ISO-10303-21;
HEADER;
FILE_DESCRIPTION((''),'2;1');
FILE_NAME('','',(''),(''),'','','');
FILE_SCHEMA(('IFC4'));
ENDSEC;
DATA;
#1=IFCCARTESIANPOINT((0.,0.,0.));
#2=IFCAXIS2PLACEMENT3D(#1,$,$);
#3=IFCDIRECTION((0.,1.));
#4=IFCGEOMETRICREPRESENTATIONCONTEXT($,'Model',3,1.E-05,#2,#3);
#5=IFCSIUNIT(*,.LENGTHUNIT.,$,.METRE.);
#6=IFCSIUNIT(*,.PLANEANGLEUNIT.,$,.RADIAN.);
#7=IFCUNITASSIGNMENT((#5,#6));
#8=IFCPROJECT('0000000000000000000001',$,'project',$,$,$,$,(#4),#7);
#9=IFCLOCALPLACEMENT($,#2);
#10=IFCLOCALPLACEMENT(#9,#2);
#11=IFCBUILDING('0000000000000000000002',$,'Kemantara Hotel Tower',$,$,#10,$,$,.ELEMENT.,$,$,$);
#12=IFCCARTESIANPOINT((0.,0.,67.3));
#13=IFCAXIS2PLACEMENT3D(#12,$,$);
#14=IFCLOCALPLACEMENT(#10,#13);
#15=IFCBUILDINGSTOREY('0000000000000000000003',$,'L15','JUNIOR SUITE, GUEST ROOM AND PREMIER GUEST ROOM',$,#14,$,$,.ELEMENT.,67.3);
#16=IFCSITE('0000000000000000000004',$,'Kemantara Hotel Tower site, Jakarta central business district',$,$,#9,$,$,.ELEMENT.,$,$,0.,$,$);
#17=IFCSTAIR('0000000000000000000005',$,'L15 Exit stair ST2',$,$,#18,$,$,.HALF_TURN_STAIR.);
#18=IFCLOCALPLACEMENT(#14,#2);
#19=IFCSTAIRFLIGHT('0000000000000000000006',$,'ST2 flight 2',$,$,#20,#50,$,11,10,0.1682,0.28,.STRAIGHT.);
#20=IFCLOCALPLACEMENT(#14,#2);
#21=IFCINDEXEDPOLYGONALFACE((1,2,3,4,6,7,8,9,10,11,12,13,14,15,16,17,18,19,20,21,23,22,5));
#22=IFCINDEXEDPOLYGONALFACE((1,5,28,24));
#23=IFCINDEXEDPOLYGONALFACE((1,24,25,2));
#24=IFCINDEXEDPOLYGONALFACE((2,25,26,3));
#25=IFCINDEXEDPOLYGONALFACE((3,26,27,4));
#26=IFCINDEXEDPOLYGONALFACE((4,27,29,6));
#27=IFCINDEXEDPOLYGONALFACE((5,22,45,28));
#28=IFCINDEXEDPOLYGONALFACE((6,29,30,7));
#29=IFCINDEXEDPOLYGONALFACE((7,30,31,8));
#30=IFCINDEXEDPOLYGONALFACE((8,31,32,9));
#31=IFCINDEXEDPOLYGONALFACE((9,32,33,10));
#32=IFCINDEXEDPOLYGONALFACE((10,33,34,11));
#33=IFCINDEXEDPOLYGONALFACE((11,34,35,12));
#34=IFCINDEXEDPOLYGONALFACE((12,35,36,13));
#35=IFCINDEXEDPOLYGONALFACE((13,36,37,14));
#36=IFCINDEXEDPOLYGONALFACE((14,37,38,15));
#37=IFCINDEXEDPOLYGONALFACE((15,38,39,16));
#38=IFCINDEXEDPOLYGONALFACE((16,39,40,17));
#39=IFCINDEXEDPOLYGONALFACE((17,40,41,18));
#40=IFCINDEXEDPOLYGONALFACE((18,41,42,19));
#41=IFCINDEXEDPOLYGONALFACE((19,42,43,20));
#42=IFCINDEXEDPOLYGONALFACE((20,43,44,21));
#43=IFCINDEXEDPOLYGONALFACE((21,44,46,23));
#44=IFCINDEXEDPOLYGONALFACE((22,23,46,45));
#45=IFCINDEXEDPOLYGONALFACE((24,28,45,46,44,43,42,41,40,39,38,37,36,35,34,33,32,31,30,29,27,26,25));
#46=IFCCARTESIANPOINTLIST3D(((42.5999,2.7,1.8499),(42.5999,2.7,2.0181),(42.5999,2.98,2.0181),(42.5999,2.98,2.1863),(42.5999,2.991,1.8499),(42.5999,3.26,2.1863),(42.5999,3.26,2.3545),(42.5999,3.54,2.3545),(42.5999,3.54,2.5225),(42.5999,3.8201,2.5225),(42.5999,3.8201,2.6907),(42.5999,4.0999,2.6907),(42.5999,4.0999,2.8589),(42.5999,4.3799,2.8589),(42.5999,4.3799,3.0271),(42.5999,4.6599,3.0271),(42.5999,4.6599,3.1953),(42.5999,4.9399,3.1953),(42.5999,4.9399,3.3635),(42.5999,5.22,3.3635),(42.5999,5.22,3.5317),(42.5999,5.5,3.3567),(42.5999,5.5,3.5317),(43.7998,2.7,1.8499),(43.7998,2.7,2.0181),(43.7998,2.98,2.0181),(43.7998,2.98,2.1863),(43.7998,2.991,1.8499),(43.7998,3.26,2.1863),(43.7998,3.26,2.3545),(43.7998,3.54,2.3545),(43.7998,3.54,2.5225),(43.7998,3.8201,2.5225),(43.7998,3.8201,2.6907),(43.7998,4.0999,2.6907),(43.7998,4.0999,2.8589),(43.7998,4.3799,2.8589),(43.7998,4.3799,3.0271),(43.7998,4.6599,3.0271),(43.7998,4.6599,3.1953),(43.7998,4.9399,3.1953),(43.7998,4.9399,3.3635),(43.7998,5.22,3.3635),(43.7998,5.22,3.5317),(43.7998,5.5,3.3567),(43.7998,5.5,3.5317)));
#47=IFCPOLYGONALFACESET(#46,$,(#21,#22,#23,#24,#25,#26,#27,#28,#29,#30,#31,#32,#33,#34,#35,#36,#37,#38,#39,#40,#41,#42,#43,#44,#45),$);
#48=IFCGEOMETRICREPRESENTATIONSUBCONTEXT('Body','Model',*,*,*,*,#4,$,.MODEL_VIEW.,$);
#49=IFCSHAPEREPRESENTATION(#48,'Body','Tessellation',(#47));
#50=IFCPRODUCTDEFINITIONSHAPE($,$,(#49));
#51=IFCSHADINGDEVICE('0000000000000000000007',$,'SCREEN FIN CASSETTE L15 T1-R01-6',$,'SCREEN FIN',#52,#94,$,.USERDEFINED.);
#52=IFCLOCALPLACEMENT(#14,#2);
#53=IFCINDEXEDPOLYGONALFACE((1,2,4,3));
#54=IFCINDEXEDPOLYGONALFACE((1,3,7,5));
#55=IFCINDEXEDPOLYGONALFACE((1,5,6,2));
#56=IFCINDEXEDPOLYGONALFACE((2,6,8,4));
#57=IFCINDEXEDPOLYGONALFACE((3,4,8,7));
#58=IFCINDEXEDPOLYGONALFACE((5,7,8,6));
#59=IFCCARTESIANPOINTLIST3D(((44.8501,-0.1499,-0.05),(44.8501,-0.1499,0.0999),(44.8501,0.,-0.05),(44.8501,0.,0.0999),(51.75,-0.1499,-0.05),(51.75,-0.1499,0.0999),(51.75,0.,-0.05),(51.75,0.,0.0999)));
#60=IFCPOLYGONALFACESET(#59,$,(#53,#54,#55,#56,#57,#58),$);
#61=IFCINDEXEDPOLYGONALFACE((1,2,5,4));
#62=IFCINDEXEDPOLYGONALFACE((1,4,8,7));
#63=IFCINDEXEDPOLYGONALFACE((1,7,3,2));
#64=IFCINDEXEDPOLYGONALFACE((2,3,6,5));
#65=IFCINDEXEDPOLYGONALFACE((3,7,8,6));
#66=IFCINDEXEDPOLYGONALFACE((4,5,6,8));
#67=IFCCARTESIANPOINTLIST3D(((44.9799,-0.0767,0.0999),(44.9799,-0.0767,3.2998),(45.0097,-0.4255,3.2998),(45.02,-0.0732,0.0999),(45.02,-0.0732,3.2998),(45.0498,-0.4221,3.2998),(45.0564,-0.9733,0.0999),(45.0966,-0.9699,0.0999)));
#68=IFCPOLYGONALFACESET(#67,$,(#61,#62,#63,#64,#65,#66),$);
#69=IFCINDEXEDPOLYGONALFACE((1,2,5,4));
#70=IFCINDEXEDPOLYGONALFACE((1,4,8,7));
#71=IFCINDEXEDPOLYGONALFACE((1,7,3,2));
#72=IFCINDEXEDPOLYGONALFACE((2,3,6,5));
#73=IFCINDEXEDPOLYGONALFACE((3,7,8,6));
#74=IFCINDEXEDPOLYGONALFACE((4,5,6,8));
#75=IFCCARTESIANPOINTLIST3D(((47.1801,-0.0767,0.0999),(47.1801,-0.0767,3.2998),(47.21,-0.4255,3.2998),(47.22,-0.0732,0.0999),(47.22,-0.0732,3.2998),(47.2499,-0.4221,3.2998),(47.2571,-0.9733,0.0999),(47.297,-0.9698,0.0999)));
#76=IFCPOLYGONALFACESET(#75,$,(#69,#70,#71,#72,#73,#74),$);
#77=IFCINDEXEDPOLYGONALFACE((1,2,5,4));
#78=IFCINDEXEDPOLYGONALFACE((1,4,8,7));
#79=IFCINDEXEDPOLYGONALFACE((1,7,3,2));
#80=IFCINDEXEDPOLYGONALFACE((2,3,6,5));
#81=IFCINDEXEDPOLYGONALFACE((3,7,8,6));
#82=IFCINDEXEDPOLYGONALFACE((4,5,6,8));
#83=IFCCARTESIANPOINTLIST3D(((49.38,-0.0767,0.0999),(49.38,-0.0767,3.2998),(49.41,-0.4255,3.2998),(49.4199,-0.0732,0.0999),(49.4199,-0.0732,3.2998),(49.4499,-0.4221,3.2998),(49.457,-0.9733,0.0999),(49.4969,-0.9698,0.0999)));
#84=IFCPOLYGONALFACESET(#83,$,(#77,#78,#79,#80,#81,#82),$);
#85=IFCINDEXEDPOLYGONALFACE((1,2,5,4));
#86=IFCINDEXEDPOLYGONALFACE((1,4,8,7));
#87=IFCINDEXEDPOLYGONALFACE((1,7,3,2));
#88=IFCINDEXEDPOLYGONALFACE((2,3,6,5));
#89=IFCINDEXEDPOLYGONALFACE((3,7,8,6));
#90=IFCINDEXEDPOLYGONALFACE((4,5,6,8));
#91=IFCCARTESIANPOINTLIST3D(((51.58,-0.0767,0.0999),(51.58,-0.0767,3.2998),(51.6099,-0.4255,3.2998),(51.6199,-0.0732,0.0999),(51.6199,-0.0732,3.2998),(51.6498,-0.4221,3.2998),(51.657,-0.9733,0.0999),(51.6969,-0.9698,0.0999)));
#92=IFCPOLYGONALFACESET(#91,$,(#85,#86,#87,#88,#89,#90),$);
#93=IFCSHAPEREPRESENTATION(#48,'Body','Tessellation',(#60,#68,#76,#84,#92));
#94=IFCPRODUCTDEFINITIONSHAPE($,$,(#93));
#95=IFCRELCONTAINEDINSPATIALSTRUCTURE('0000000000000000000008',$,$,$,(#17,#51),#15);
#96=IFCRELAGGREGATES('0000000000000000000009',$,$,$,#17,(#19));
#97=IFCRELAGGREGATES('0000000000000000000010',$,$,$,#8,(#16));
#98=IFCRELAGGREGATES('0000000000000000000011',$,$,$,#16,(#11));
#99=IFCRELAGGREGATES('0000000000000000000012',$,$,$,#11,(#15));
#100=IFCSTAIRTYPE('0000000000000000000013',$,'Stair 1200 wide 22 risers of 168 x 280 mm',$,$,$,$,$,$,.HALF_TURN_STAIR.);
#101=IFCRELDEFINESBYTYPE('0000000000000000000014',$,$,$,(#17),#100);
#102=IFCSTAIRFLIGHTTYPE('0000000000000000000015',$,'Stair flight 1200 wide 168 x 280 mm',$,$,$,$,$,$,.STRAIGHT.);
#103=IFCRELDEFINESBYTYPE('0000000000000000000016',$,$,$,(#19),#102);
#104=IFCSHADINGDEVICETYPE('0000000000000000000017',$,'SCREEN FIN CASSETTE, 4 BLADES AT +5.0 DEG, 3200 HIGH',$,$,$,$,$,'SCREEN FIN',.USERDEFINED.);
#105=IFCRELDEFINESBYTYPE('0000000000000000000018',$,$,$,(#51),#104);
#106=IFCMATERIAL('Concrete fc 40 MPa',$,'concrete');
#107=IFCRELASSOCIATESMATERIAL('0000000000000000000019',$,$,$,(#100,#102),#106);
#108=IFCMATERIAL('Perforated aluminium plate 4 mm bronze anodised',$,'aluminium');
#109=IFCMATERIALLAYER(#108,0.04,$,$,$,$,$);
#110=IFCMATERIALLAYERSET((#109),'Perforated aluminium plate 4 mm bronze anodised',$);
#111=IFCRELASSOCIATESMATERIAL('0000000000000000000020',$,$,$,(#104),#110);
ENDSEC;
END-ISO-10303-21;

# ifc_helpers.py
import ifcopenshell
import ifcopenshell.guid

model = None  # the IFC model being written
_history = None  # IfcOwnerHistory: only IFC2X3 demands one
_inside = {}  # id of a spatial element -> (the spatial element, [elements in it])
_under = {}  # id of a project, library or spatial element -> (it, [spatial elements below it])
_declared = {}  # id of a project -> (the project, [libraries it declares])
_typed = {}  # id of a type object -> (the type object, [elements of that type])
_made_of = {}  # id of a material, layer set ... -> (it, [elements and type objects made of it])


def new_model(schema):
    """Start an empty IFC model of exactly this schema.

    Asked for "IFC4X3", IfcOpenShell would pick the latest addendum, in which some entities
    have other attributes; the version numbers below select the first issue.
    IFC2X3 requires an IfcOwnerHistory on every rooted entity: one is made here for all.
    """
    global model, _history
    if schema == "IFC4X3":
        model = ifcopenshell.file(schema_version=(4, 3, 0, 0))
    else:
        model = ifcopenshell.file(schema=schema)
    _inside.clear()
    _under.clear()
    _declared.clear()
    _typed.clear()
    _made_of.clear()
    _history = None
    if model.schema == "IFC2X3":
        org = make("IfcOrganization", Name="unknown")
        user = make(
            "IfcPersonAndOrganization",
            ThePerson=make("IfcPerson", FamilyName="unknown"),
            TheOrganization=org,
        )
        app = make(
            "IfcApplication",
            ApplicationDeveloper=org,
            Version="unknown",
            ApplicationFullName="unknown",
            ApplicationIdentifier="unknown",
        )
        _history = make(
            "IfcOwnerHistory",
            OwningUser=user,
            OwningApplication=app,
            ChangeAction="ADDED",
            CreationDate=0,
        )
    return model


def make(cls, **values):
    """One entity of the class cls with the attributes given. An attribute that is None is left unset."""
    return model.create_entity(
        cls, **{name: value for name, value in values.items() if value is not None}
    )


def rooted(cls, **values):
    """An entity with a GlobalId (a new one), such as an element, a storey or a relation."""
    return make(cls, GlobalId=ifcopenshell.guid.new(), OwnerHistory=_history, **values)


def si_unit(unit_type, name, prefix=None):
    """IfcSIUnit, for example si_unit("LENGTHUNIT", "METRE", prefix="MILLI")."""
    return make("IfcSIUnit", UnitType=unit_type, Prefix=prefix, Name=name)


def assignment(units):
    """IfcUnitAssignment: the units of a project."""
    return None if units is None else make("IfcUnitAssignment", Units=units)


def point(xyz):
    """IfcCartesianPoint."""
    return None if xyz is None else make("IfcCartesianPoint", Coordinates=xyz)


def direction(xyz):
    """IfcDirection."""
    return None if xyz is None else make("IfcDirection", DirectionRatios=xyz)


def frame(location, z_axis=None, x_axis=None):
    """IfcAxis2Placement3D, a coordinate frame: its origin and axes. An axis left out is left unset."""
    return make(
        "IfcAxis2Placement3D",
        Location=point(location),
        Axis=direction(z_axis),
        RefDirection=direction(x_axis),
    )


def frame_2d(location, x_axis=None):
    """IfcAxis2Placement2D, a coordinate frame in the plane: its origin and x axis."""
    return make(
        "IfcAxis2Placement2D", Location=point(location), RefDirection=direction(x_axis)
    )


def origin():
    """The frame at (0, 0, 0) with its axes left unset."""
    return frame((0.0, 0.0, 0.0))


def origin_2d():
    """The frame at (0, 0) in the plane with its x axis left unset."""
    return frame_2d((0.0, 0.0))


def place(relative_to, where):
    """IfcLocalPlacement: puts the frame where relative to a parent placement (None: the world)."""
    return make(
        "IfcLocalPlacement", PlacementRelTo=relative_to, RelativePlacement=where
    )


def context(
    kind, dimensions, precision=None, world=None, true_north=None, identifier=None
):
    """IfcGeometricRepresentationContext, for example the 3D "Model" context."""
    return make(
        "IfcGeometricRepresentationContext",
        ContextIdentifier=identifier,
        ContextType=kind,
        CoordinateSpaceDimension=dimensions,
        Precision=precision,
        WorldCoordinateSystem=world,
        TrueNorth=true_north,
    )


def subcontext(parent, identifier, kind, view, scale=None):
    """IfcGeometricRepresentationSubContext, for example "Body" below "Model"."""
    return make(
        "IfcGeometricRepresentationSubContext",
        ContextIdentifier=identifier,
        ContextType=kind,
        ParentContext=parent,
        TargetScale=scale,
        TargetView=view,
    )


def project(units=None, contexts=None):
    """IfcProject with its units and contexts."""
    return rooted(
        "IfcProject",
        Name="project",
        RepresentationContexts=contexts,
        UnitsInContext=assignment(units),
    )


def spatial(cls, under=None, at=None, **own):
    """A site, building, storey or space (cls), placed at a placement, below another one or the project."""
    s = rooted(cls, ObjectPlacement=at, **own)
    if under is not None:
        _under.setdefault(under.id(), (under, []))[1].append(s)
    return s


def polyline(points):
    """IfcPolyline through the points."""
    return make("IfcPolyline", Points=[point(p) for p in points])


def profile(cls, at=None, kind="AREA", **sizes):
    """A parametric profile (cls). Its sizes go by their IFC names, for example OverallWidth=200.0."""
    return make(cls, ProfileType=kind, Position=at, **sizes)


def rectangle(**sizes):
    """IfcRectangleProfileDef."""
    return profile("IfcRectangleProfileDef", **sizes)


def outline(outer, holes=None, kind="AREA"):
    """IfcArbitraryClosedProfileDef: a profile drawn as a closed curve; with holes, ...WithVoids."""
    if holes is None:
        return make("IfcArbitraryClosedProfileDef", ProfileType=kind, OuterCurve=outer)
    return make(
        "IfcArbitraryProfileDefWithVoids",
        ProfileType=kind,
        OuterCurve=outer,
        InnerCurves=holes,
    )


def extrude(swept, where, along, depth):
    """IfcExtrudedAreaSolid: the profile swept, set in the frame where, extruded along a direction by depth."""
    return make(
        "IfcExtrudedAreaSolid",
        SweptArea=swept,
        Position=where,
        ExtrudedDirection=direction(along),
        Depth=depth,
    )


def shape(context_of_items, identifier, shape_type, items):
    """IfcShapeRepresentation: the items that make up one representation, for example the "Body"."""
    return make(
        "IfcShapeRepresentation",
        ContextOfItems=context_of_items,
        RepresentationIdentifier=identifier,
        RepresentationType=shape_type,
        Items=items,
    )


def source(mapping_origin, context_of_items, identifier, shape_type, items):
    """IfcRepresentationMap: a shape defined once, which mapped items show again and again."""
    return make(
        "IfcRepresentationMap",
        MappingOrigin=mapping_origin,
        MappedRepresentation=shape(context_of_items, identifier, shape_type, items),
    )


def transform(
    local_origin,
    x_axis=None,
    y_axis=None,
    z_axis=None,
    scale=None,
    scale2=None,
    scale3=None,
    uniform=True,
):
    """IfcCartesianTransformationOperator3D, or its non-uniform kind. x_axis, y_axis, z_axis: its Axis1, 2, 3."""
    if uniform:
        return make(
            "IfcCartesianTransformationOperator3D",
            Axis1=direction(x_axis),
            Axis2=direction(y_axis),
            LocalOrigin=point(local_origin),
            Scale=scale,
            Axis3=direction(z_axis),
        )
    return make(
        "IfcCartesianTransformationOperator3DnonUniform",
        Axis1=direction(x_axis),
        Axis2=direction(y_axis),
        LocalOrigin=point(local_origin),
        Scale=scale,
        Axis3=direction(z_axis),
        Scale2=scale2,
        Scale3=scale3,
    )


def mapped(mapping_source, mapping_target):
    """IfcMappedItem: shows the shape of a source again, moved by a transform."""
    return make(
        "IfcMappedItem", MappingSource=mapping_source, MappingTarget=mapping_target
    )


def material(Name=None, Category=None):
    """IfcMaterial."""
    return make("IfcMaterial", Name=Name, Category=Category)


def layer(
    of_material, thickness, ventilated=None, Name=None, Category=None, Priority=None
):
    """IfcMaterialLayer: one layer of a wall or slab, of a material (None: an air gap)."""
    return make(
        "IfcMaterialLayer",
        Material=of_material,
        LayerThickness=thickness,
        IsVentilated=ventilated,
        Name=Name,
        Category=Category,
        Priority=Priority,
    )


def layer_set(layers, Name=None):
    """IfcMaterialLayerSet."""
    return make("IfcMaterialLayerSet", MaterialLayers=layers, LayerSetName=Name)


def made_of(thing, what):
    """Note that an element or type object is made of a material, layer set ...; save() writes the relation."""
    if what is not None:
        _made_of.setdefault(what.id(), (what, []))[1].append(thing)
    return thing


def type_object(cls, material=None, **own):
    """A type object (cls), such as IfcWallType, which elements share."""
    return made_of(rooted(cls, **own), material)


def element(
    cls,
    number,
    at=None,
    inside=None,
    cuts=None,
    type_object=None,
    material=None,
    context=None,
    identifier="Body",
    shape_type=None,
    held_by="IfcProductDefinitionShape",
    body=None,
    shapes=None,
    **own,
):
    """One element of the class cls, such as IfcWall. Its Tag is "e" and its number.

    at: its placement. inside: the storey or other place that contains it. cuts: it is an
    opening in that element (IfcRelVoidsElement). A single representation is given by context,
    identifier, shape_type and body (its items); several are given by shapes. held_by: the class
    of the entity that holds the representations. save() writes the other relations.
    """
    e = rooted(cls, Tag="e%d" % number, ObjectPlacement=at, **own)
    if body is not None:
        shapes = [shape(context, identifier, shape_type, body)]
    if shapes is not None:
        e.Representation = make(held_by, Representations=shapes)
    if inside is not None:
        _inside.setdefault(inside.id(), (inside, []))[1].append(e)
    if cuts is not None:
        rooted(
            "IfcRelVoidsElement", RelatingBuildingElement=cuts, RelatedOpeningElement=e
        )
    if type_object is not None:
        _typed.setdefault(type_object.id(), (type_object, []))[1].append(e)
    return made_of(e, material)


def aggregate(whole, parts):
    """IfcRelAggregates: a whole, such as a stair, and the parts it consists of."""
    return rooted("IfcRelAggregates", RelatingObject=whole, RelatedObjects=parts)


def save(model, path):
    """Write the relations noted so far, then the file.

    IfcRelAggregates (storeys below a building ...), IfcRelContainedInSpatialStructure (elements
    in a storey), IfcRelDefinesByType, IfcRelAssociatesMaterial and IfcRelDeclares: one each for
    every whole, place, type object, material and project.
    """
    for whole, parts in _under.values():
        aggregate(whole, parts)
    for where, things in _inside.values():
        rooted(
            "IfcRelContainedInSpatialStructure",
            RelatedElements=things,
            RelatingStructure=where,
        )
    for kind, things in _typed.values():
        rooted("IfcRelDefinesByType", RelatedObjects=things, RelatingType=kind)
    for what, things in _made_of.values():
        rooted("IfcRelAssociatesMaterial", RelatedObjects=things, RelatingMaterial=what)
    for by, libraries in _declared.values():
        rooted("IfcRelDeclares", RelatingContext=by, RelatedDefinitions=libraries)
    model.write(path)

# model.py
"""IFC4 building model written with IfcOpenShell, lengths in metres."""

from ifc_helpers import new_model, si_unit, direction, frame, origin, origin_2d, place, context, subcontext, project, spatial, polyline, rectangle, outline, extrude, source, transform, mapped, material, layer, layer_set, type_object, element, aggregate, save


model = new_model("IFC4")

# Units and contexts
model_context = context("Model", 3, precision=1e-05, world=origin(), true_north=direction((0.0, 1.0)))
body_context = subcontext(model_context, "Body", "Model", "MODEL_VIEW")
ifc_project = project(units=[si_unit("LENGTHUNIT", "METRE"), si_unit("PLANEANGLEUNIT", "RADIAN")], contexts=[model_context])

# Site, building, storey
site_placement = place(None, origin())
site = spatial("IfcSite", under=ifc_project, at=site_placement, Name="Kemantara Hotel Tower site, Jakarta central business district", CompositionType="ELEMENT", RefElevation=0.0)
building_placement = place(site_placement, origin())
building = spatial("IfcBuilding", under=site, at=building_placement, Name="Kemantara Hotel Tower", CompositionType="ELEMENT")
storey_placement = place(building_placement, frame((0.0, 0.0, 67.3)))
storey = spatial("IfcBuildingStorey", under=building, at=storey_placement, Name="L15", Description="JUNIOR SUITE, GUEST ROOM AND PREMIER GUEST ROOM", CompositionType="ELEMENT", Elevation=67.3)

# Stair, stair flight
ifc_material_1 = material(Name="Concrete fc 40 MPa", Category="concrete")
stair_type = type_object("IfcStairType", Name="Stair 1200 wide 22 risers of 168 x 280 mm", PredefinedType="HALF_TURN_STAIR", material=ifc_material_1)
stair_placement = place(storey_placement, origin())
stair = element("IfcStair", 1, at=stair_placement, inside=storey, type_object=stair_type, Name="L15 Exit stair ST2", PredefinedType="HALF_TURN_STAIR")
stair_flight_type = type_object("IfcStairFlightType", Name="Stair flight 1200 wide 168 x 280 mm", PredefinedType="STRAIGHT", material=ifc_material_1)
stair_flight_1_placement = place(storey_placement, frame((43.2, 2.7, 1.8499), z_axis=(0.0, 0.0, 1.0), x_axis=(0.0, 1.0, 0.0)))
stair_flight_1 = element("IfcStairFlight", 2, at=stair_flight_1_placement, type_object=stair_flight_type, Name="ST2 flight 2", NumberOfRisers=11, NumberOfTreads=10, PredefinedType="STRAIGHT", RiserHeight=0.1682, TreadLength=0.28, context=body_context, shape_type="SweptSolid", body=[
    extrude(outline(polyline([(0.0, 0.0), (0.0, 0.1682), (0.28, 0.1682), (0.28, 0.3364), (0.5601, 0.3364), (0.5601, 0.5046), (0.8401, 0.5046), (0.8401, 0.6726), (1.1201, 0.6726), (1.1201, 0.8408), (1.3999, 0.8408), (1.3999, 1.009), (1.6799, 1.009), (1.6799, 1.1772), (1.96, 1.1772), (1.96, 1.3455), (2.24, 1.3455), (2.24, 1.5137), (2.52, 1.5137), (2.52, 1.6819), (2.8, 1.6819), (2.8, 1.8501), (2.8, 1.5068), (0.291, 0.0), (0.0, 0.0)])), frame((0.0, 0.6001, 0.0), z_axis=(0.0, -1.0, 0.0), x_axis=(1.0, 0.0, 0.0)), (0.0, 0.0, 1.0), 1.2),
])
aggregate(stair, [stair_flight_1])

# Shading device
ifc_material_2 = material(Name="Perforated aluminium plate 4 mm bronze anodised", Category="aluminium")
ifc_layer_1 = layer(ifc_material_2, 0.04)
ifc_layer_set_1 = layer_set([ifc_layer_1], Name="Perforated aluminium plate 4 mm bronze anodised")
shading_device_type = type_object("IfcShadingDeviceType", Name="SCREEN FIN CASSETTE, 4 BLADES AT +5.0 DEG, 3200 HIGH", ElementType="SCREEN FIN", PredefinedType="USERDEFINED", material=ifc_layer_set_1)
shared_shape = source(origin(), body_context, "Body", "SweptSolid", [
    extrude(rectangle(XDim=6.8999, YDim=0.1499, at=origin_2d()), frame((3.3, -0.075, -0.1499), z_axis=(0.0, 0.0, 1.0), x_axis=(1.0, 0.0, 0.0)), (0.0, 0.0, 1.0), 0.1499),
    extrude(outline(polyline([(0.0, 0.0), (0.8999, 0.0), (0.3501, 3.2), (0.0, 3.2), (0.0, 0.0)])), frame((0.02, -0.0732, 0.0), z_axis=(-0.996376, -0.085056, 0.0), x_axis=(0.085056, -0.996376, 0.0)), (0.0, 0.0, 1.0), 0.0403),
    extrude(outline(polyline([(0.0, 0.0), (0.8999, 0.0), (0.3501, 3.2), (0.0, 3.2), (0.0, 0.0)])), frame((2.22, -0.0732, 0.0), z_axis=(-0.996332, -0.085575, 0.0), x_axis=(0.085575, -0.996332, 0.0)), (0.0, 0.0, 1.0), 0.04),
    extrude(outline(polyline([(0.0, 0.0), (0.8999, 0.0), (0.3501, 3.2), (0.0, 3.2), (0.0, 0.0)])), frame((4.4199, -0.0732, 0.0), z_axis=(-0.996332, -0.085575, 0.0), x_axis=(0.085575, -0.996332, 0.0)), (0.0, 0.0, 1.0), 0.04),
    extrude(outline(polyline([(0.0, 0.0), (0.8999, 0.0), (0.3501, 3.2), (0.0, 3.2), (0.0, 0.0)])), frame((6.6199, -0.0732, 0.0), z_axis=(-0.996332, -0.085575, 0.0), x_axis=(0.085575, -0.996332, 0.0)), (0.0, 0.0, 1.0), 0.04),
])
shading_device_placement = place(storey_placement, frame((45.0, 0.0, 0.0999), z_axis=(0.0, 0.0, 1.0), x_axis=(1.0, 0.0, 0.0)))
element("IfcShadingDevice", 3, at=shading_device_placement, inside=storey, type_object=shading_device_type, Name="SCREEN FIN CASSETTE L15 T1-R01-6", ObjectType="SCREEN FIN", PredefinedType="USERDEFINED", context=body_context, shape_type="MappedRepresentation", body=[
    mapped(shared_shape, transform((0.0, 0.0, 0.0))),
])

save(model, "model.ifc")
